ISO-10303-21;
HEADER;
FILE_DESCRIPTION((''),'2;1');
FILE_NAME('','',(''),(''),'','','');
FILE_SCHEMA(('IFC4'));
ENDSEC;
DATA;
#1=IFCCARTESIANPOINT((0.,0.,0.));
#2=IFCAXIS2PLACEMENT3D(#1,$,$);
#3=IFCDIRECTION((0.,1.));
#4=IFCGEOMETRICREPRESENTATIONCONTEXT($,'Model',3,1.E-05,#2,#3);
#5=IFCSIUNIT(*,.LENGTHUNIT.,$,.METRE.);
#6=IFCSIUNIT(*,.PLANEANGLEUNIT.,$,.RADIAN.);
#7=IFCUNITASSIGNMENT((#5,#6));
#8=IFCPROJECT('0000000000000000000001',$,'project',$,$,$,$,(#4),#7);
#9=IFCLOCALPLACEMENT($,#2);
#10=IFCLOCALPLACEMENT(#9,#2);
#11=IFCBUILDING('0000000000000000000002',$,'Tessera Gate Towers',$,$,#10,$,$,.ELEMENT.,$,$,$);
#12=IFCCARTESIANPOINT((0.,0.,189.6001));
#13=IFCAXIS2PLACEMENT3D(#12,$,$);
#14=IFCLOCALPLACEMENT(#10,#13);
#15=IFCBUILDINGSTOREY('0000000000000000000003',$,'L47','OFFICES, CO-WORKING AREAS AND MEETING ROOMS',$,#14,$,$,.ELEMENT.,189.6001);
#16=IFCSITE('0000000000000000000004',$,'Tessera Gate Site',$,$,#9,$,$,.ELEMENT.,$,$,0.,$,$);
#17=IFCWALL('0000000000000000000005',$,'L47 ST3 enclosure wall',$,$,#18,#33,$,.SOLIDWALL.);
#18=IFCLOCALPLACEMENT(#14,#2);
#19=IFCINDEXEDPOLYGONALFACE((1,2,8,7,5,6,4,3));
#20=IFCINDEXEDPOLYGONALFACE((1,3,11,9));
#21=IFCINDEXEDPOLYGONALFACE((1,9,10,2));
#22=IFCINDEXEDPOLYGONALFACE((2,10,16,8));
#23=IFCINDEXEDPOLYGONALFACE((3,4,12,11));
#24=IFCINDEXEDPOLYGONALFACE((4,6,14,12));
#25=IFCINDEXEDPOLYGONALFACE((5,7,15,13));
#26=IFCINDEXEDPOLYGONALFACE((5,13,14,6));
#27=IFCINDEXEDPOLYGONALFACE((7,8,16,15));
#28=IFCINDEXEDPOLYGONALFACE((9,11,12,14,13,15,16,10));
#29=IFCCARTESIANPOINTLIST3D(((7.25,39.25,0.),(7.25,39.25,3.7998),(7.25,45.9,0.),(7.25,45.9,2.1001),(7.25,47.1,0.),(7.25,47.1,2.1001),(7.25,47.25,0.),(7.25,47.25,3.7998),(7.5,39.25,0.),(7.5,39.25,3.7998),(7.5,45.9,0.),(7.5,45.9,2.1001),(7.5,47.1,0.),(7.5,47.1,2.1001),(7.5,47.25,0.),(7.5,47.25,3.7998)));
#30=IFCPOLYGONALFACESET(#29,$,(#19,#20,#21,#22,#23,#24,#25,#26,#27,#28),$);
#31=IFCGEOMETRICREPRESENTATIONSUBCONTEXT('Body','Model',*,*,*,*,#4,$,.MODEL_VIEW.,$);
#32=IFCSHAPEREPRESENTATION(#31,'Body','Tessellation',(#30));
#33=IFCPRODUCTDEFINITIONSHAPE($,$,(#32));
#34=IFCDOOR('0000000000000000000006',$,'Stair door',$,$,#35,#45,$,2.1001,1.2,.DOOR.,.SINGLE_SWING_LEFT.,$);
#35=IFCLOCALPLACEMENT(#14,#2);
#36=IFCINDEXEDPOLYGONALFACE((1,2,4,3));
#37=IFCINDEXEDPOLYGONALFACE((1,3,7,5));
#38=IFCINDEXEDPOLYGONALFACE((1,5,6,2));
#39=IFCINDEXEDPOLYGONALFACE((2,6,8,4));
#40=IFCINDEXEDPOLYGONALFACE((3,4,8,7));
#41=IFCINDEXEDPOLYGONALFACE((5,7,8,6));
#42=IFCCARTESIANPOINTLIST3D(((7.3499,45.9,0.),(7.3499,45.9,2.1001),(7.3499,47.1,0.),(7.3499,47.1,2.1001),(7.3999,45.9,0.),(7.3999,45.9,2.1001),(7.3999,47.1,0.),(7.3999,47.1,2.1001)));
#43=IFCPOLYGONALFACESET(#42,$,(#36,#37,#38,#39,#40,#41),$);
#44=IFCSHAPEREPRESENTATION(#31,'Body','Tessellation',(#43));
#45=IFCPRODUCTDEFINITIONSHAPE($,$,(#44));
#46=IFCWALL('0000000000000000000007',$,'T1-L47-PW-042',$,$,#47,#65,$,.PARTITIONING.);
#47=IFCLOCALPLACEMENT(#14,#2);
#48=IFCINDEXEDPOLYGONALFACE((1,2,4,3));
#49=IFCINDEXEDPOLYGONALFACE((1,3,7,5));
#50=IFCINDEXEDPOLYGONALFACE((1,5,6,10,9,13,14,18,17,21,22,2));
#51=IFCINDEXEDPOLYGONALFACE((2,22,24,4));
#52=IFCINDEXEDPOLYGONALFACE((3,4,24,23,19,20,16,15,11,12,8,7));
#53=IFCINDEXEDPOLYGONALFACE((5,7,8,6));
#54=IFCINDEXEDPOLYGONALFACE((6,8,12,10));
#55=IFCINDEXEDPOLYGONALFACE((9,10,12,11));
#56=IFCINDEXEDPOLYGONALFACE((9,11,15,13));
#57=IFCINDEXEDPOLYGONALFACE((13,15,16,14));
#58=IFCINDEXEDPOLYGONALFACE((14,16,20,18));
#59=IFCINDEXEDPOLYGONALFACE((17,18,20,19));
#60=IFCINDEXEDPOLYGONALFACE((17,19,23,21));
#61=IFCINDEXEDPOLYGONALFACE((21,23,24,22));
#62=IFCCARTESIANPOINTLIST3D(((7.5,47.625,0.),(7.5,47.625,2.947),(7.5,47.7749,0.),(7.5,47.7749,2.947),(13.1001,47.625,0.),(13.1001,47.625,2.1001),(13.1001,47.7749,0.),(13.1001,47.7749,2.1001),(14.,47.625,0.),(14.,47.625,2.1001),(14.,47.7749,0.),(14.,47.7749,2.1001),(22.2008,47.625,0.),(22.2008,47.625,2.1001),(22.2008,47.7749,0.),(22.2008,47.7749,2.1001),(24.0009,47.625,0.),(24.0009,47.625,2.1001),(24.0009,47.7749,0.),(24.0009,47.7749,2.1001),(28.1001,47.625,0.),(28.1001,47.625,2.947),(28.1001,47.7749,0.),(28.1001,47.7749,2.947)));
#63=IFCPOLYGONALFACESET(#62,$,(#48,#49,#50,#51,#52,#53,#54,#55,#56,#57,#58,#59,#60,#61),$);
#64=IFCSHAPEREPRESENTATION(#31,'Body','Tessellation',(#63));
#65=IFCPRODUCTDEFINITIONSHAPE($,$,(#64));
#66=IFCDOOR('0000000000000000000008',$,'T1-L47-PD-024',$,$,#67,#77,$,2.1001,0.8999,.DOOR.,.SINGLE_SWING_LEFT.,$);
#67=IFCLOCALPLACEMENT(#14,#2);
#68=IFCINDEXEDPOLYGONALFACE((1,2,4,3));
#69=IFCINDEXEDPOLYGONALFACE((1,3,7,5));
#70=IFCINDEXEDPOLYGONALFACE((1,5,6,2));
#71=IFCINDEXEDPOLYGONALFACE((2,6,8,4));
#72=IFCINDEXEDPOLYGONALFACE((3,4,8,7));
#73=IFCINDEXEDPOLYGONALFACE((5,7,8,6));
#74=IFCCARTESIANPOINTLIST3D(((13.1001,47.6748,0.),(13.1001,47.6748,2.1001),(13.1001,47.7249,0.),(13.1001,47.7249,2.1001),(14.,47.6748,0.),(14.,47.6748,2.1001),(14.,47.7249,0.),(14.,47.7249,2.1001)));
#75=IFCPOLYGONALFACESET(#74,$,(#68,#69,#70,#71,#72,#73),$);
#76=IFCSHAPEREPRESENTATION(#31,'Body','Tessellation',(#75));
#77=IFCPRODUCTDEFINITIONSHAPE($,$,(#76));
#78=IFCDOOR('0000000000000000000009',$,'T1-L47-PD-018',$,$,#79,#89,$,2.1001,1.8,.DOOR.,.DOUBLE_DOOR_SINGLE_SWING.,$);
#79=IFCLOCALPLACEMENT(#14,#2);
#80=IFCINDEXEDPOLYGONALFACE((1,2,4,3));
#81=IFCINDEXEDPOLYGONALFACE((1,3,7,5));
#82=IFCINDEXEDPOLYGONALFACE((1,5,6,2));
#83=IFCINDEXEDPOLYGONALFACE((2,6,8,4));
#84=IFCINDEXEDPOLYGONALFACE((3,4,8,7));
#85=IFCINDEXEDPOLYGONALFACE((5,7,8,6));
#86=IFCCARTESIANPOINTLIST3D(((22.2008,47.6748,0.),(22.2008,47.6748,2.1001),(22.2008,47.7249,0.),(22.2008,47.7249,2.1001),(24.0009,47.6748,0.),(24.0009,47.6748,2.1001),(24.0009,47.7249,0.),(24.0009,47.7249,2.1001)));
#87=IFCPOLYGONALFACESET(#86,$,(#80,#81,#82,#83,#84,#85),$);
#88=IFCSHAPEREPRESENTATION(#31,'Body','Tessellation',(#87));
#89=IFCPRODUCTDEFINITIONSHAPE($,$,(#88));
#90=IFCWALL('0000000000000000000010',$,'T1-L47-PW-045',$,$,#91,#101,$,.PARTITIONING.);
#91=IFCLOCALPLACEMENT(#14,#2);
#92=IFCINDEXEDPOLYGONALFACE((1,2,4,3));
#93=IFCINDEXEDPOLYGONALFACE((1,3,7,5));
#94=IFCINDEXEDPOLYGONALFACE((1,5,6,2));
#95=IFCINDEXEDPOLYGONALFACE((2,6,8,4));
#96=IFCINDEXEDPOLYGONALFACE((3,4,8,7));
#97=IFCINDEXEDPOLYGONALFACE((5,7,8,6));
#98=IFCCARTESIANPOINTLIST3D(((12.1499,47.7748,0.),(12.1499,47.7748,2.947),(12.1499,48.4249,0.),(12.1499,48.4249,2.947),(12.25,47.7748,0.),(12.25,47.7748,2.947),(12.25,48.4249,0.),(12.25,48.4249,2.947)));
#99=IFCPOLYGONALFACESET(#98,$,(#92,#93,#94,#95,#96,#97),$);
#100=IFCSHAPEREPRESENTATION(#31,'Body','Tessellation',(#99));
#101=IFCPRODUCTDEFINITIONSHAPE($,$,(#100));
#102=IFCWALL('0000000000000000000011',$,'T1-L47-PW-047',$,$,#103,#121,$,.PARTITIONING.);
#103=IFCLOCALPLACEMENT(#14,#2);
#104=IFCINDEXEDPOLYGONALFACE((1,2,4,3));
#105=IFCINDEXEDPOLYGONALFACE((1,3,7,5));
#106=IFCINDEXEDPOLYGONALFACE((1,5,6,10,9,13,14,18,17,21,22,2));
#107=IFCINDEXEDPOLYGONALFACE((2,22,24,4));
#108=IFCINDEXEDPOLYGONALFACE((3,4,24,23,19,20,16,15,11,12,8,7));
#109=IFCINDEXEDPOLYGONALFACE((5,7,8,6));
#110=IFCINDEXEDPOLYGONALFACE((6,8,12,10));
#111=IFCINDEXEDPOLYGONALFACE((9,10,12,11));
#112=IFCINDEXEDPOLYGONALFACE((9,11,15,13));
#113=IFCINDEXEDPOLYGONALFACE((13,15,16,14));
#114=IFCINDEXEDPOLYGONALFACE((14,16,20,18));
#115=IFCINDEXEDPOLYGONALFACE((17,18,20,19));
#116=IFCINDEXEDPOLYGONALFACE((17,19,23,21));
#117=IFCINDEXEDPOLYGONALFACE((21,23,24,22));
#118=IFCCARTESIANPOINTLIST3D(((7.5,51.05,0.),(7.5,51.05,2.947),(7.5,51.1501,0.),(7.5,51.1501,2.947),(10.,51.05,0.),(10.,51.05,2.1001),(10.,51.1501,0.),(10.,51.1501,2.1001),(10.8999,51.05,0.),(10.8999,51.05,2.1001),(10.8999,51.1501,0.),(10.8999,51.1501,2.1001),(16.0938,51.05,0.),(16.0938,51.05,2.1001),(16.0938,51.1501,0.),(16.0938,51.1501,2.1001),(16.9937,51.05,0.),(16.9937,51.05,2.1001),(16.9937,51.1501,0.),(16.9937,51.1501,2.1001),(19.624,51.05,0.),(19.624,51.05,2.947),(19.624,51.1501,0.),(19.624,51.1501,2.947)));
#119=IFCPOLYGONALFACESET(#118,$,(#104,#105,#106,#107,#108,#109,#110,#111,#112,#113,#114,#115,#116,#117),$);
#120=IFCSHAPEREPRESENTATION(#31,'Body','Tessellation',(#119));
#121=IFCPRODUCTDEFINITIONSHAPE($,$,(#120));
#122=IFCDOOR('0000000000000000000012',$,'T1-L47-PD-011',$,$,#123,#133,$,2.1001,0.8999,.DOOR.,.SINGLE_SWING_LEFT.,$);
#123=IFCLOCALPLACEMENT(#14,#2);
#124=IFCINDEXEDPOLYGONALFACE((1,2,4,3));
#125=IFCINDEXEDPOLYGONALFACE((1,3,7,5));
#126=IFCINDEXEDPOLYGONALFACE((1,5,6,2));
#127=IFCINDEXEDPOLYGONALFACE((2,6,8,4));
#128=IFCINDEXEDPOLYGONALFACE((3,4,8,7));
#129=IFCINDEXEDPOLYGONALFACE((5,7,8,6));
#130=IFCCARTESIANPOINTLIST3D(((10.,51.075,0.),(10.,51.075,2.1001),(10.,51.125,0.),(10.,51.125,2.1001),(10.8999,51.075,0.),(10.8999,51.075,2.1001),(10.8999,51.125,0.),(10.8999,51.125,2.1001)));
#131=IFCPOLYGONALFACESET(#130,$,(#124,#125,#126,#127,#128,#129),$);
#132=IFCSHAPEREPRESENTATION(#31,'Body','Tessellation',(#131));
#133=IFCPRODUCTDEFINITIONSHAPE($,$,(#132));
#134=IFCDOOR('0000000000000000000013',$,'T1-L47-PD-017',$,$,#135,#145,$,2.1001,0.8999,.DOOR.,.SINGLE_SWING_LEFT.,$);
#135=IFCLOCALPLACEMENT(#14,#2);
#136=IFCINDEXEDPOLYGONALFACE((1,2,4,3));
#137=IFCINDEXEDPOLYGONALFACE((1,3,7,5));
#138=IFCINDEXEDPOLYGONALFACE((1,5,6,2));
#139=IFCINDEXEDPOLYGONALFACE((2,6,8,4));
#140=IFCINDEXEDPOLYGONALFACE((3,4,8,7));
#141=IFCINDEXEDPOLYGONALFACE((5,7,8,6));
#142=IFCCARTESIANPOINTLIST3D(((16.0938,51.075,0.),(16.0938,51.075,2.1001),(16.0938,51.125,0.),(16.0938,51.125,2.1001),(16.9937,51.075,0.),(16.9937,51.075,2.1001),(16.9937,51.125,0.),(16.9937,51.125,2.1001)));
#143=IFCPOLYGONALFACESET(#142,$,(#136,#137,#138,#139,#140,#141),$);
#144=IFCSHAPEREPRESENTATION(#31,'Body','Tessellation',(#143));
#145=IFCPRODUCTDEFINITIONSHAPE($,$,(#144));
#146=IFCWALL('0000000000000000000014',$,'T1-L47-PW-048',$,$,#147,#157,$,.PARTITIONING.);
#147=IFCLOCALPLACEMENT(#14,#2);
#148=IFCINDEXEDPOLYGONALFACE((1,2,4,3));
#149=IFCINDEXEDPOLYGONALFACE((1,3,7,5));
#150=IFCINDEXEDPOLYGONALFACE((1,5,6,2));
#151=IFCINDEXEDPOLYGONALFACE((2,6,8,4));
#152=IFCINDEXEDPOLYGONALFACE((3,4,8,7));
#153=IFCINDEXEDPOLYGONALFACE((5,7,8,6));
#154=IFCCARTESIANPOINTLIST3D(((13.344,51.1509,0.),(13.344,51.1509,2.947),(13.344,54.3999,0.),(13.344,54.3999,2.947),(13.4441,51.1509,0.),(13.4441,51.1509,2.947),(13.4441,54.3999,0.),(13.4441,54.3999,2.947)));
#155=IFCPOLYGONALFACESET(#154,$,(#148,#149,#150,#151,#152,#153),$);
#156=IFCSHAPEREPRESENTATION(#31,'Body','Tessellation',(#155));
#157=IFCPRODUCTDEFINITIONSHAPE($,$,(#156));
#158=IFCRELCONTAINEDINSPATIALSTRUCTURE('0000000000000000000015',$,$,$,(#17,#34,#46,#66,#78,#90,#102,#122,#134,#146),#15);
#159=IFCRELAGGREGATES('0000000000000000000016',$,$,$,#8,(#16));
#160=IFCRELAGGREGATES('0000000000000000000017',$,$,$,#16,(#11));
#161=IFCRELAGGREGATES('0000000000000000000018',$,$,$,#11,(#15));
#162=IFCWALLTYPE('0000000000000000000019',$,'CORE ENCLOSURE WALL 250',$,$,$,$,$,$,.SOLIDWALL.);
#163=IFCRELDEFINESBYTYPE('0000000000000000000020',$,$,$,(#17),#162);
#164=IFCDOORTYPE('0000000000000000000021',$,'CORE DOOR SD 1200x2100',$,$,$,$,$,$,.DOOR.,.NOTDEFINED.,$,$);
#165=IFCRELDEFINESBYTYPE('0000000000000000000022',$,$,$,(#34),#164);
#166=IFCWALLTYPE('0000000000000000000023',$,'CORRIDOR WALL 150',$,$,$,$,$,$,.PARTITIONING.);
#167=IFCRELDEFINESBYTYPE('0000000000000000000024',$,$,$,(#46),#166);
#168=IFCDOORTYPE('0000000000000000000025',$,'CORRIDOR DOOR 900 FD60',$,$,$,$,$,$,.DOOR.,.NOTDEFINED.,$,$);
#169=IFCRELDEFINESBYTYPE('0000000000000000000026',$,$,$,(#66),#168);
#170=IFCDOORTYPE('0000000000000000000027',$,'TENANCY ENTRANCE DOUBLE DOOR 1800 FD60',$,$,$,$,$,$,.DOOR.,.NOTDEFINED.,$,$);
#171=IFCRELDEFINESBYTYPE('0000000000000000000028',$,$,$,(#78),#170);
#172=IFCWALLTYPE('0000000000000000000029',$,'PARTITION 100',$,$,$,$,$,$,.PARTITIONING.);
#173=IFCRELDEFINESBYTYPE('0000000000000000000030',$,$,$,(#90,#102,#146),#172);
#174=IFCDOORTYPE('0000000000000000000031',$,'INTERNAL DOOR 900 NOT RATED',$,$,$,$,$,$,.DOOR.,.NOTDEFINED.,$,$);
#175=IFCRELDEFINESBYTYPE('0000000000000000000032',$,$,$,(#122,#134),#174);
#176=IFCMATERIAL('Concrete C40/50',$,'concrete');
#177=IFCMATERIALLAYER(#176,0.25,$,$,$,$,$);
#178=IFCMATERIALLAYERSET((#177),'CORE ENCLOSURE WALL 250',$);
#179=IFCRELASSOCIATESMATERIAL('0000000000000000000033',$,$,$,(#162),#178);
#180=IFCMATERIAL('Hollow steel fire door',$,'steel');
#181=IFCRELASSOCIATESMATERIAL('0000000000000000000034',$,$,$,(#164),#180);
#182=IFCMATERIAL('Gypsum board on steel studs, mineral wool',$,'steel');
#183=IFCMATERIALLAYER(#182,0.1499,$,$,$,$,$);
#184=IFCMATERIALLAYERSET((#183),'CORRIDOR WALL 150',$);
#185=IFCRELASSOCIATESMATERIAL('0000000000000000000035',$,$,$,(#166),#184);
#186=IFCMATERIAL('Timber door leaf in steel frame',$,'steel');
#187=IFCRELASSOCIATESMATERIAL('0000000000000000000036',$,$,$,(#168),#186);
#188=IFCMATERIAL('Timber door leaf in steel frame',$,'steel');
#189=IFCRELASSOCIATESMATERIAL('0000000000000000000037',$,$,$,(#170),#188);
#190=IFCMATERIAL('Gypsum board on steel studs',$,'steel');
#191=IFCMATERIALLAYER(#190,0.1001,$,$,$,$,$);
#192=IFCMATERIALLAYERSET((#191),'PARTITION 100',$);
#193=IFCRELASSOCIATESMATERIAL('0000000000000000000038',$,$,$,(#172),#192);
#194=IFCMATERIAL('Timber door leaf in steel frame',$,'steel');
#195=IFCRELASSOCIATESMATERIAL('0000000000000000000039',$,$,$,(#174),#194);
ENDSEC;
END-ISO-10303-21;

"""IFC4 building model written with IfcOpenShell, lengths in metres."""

from ifc_helpers import new_model, si_unit, direction, frame, frame_2d, origin, place, context, subcontext, project, spatial, rectangle, extrude, source, transform, mapped, material, layer, layer_set, type_object, element, fill, save


model = new_model("IFC4")

# Units and contexts
model_context = context("Model", 3, precision=1e-05, world=origin(), true_north=direction((0.0, 1.0)))
body_context = subcontext(model_context, "Body", "Model", "MODEL_VIEW")
ifc_project = project(units=[si_unit("LENGTHUNIT", "METRE"), si_unit("PLANEANGLEUNIT", "RADIAN")], contexts=[model_context])

# Site, building, storey
site_placement = place(None, origin())
site = spatial("IfcSite", under=ifc_project, at=site_placement, Name="Tessera Gate Site", CompositionType="ELEMENT", RefElevation=0.0)
building_placement = place(site_placement, origin())
building = spatial("IfcBuilding", under=site, at=building_placement, Name="Tessera Gate Towers", CompositionType="ELEMENT")
storey_placement = place(building_placement, frame((0.0, 0.0, 189.6001)))
storey = spatial("IfcBuildingStorey", under=building, at=storey_placement, Name="L47", Description="OFFICES, CO-WORKING AREAS AND MEETING ROOMS", CompositionType="ELEMENT", Elevation=189.6001)

# Shared definitions
ifc_material_1 = material(Name="Concrete C40/50", Category="concrete")
ifc_layer_1 = layer(ifc_material_1, 0.25)
ifc_layer_set_1 = layer_set([ifc_layer_1], Name="CORE ENCLOSURE WALL 250")
wall_type_1 = type_object("IfcWallType", Name="CORE ENCLOSURE WALL 250", PredefinedType="SOLIDWALL", material=ifc_layer_set_1)

# Wall, opening, door
wall_1_placement = place(storey_placement, frame((7.375, 47.25, 0.0), z_axis=(0.0, 0.0, 1.0), x_axis=(0.0, -1.0, 0.0)))
wall_1 = element("IfcWall", 1, at=wall_1_placement, inside=storey, type_object=wall_type_1, Name="L47 ST3 enclosure wall", PredefinedType="SOLIDWALL", context=body_context, shape_type="SweptSolid", body=[
    extrude(rectangle(XDim=8.0, YDim=0.25, at=frame_2d((4.0, 0.0))), origin(), (0.0, 0.0, 1.0), 3.7998),
])
shared_shape_1 = source(origin(), body_context, "Body", "SweptSolid", [
    extrude(rectangle(XDim=1.2, YDim=2.1001, at=frame_2d((0.6001, 1.05))), frame((0.0, 0.135, 0.0), z_axis=(0.0, -1.0, 0.0), x_axis=(1.0, 0.0, 0.0)), (0.0, 0.0, 1.0), 0.27),
])
opening_1_placement = place(wall_1_placement, frame((0.1499, 0.0, 0.0)))
opening_1 = element("IfcOpeningElement", 2, at=opening_1_placement, cuts=wall_1, PredefinedType="OPENING", context=body_context, shape_type="MappedRepresentation", body=[
    mapped(shared_shape_1, transform((0.0, 0.0, 0.0), scale=1.0)),
])
ifc_material_2 = material(Name="Hollow steel fire door", Category="steel")
door_type_1 = type_object("IfcDoorType", Name="CORE DOOR SD 1200x2100", OperationType="NOTDEFINED", PredefinedType="DOOR", material=ifc_material_2)
shared_shape_2 = source(origin(), body_context, "Body", "SweptSolid", [
    extrude(rectangle(XDim=1.2, YDim=2.1001, at=frame_2d((0.6001, 1.05))), frame((0.0, 0.0249, 0.0), z_axis=(0.0, -1.0, 0.0), x_axis=(1.0, 0.0, 0.0)), (0.0, 0.0, 1.0), 0.05),
])
door_1_placement = place(opening_1_placement, origin())
door_1 = element("IfcDoor", 3, at=door_1_placement, inside=storey, type_object=door_type_1, Name="Stair door", OperationType="SINGLE_SWING_LEFT", OverallHeight=2.1001, OverallWidth=1.2, PredefinedType="DOOR", context=body_context, shape_type="MappedRepresentation", body=[
    mapped(shared_shape_2, transform((0.0, 0.0, 0.0), scale=1.0)),
])
fill(opening_1, door_1)

# Wall, openings, doors
ifc_material_3 = material(Name="Gypsum board on steel studs, mineral wool", Category="steel")
ifc_layer_2 = layer(ifc_material_3, 0.1499)
ifc_layer_set_2 = layer_set([ifc_layer_2], Name="CORRIDOR WALL 150")
wall_type_2 = type_object("IfcWallType", Name="CORRIDOR WALL 150", PredefinedType="PARTITIONING", material=ifc_layer_set_2)
wall_2_placement = place(storey_placement, frame((7.5, 47.7, 0.0), z_axis=(0.0, 0.0, 1.0), x_axis=(1.0, 0.0, 0.0)))
wall_2 = element("IfcWall", 4, at=wall_2_placement, inside=storey, type_object=wall_type_2, Name="T1-L47-PW-042", PredefinedType="PARTITIONING", context=body_context, shape_type="SweptSolid", body=[
    extrude(rectangle(XDim=20.6001, YDim=0.1499, at=frame_2d((10.3, 0.0))), origin(), (0.0, 0.0, 1.0), 2.947),
])
shared_shape_3 = source(origin(), body_context, "Body", "SweptSolid", [
    extrude(rectangle(XDim=1.8, YDim=2.1001, at=frame_2d((0.8999, 1.05))), frame((0.0, 0.085, 0.0), z_axis=(0.0, -1.0, 0.0), x_axis=(1.0, 0.0, 0.0)), (0.0, 0.0, 1.0), 0.1699),
])
opening_2_placement = place(wall_2_placement, frame((14.7009, 0.0, 0.0)))
opening_2 = element("IfcOpeningElement", 5, at=opening_2_placement, cuts=wall_2, PredefinedType="OPENING", context=body_context, shape_type="MappedRepresentation", body=[
    mapped(shared_shape_3, transform((0.0, 0.0, 0.0), scale=1.0)),
])
shared_shape_4 = source(origin(), body_context, "Body", "SweptSolid", [
    extrude(rectangle(XDim=0.8999, YDim=2.1001, at=frame_2d((0.45, 1.05))), frame((0.0, 0.085, 0.0), z_axis=(0.0, -1.0, 0.0), x_axis=(1.0, 0.0, 0.0)), (0.0, 0.0, 1.0), 0.1699),
])
opening_3_placement = place(wall_2_placement, frame((5.6001, 0.0, 0.0)))
opening_3 = element("IfcOpeningElement", 6, at=opening_3_placement, cuts=wall_2, PredefinedType="OPENING", context=body_context, shape_type="MappedRepresentation", body=[
    mapped(shared_shape_4, transform((0.0, 0.0, 0.0), scale=1.0)),
])
ifc_material_4 = material(Name="Timber door leaf in steel frame", Category="steel")
door_type_2 = type_object("IfcDoorType", Name="CORRIDOR DOOR 900 FD60", OperationType="NOTDEFINED", PredefinedType="DOOR", material=ifc_material_4)
shared_shape_5 = source(origin(), body_context, "Body", "SweptSolid", [
    extrude(rectangle(XDim=0.8999, YDim=2.1001, at=frame_2d((0.45, 1.05))), frame((0.0, 0.0249, 0.0), z_axis=(0.0, -1.0, 0.0), x_axis=(1.0, 0.0, 0.0)), (0.0, 0.0, 1.0), 0.05),
])
door_2_placement = place(opening_3_placement, origin())
door_2 = element("IfcDoor", 7, at=door_2_placement, inside=storey, type_object=door_type_2, Name="T1-L47-PD-024", OperationType="SINGLE_SWING_LEFT", OverallHeight=2.1001, OverallWidth=0.8999, PredefinedType="DOOR", context=body_context, shape_type="MappedRepresentation", body=[
    mapped(shared_shape_5, transform((0.0, 0.0, 0.0), scale=1.0)),
])
fill(opening_3, door_2)
ifc_material_5 = material(Name="Timber door leaf in steel frame", Category="steel")
door_type_3 = type_object("IfcDoorType", Name="TENANCY ENTRANCE DOUBLE DOOR 1800 FD60", OperationType="NOTDEFINED", PredefinedType="DOOR", material=ifc_material_5)
shared_shape_6 = source(origin(), body_context, "Body", "SweptSolid", [
    extrude(rectangle(XDim=1.8, YDim=2.1001, at=frame_2d((0.8999, 1.05))), frame((0.0, 0.0249, 0.0), z_axis=(0.0, -1.0, 0.0), x_axis=(1.0, 0.0, 0.0)), (0.0, 0.0, 1.0), 0.05),
])
door_3_placement = place(opening_2_placement, origin())
door_3 = element("IfcDoor", 8, at=door_3_placement, inside=storey, type_object=door_type_3, Name="T1-L47-PD-018", OperationType="DOUBLE_DOOR_SINGLE_SWING", OverallHeight=2.1001, OverallWidth=1.8, PredefinedType="DOOR", context=body_context, shape_type="MappedRepresentation", body=[
    mapped(shared_shape_6, transform((0.0, 0.0, 0.0), scale=1.0)),
])
fill(opening_2, door_3)

# Wall
ifc_material_6 = material(Name="Gypsum board on steel studs", Category="steel")
ifc_layer_3 = layer(ifc_material_6, 0.1001)
ifc_layer_set_3 = layer_set([ifc_layer_3], Name="PARTITION 100")
wall_type_3 = type_object("IfcWallType", Name="PARTITION 100", PredefinedType="PARTITIONING", material=ifc_layer_set_3)
wall_3_placement = place(storey_placement, frame((12.2, 48.425, 0.0), z_axis=(0.0, 0.0, 1.0), x_axis=(0.0, -1.0, 0.0)))
element("IfcWall", 9, at=wall_3_placement, inside=storey, type_object=wall_type_3, Name="T1-L47-PW-045", PredefinedType="PARTITIONING", context=body_context, shape_type="SweptSolid", body=[
    extrude(rectangle(XDim=0.6501, YDim=0.1001, at=frame_2d((0.3252, 0.0))), origin(), (0.0, 0.0, 1.0), 2.947),
])

# Wall, openings, doors
wall_4_placement = place(storey_placement, frame((7.5, 51.1001, 0.0), z_axis=(0.0, 0.0, 1.0), x_axis=(1.0, 0.0, 0.0)))
wall_4 = element("IfcWall", 10, at=wall_4_placement, inside=storey, type_object=wall_type_3, Name="T1-L47-PW-047", PredefinedType="PARTITIONING", context=body_context, shape_type="SweptSolid", body=[
    extrude(rectangle(XDim=12.124, YDim=0.1001, at=frame_2d((6.062, 0.0))), origin(), (0.0, 0.0, 1.0), 2.947),
])
shared_shape_7 = source(origin(), body_context, "Body", "SweptSolid", [
    extrude(rectangle(XDim=0.8999, YDim=2.1001, at=frame_2d((0.45, 1.05))), frame((0.0, 0.0601, 0.0), z_axis=(0.0, -1.0, 0.0), x_axis=(1.0, 0.0, 0.0)), (0.0, 0.0, 1.0), 0.1201),
])
opening_4_placement = place(wall_4_placement, frame((2.5, 0.0, 0.0)))
opening_4 = element("IfcOpeningElement", 11, at=opening_4_placement, cuts=wall_4, PredefinedType="OPENING", context=body_context, shape_type="MappedRepresentation", body=[
    mapped(shared_shape_7, transform((0.0, 0.0, 0.0), scale=1.0)),
])
opening_5_placement = place(wall_4_placement, frame((8.5938, 0.0, 0.0)))
opening_5 = element("IfcOpeningElement", 12, at=opening_5_placement, cuts=wall_4, PredefinedType="OPENING", context=body_context, shape_type="MappedRepresentation", body=[
    mapped(shared_shape_7, transform((0.0, 0.0, 0.0), scale=1.0)),
])
ifc_material_7 = material(Name="Timber door leaf in steel frame", Category="steel")
door_type_4 = type_object("IfcDoorType", Name="INTERNAL DOOR 900 NOT RATED", OperationType="NOTDEFINED", PredefinedType="DOOR", material=ifc_material_7)
door_4_placement = place(opening_4_placement, origin())
door_4 = element("IfcDoor", 13, at=door_4_placement, inside=storey, type_object=door_type_4, Name="T1-L47-PD-011", OperationType="SINGLE_SWING_LEFT", OverallHeight=2.1001, OverallWidth=0.8999, PredefinedType="DOOR", context=body_context, shape_type="MappedRepresentation", body=[
    mapped(shared_shape_5, transform((0.0, 0.0, 0.0), scale=1.0)),
])
fill(opening_4, door_4)
door_5_placement = place(opening_5_placement, origin())
door_5 = element("IfcDoor", 14, at=door_5_placement, inside=storey, type_object=door_type_4, Name="T1-L47-PD-017", OperationType="SINGLE_SWING_LEFT", OverallHeight=2.1001, OverallWidth=0.8999, PredefinedType="DOOR", context=body_context, shape_type="MappedRepresentation", body=[
    mapped(shared_shape_5, transform((0.0, 0.0, 0.0), scale=1.0)),
])
fill(opening_5, door_5)

# Wall
wall_5_placement = place(storey_placement, frame((13.394, 51.1509, 0.0), z_axis=(0.0, 0.0, 1.0), x_axis=(0.0, 1.0, 0.0)))
element("IfcWall", 15, at=wall_5_placement, inside=storey, type_object=wall_type_3, Name="T1-L47-PW-048", PredefinedType="PARTITIONING", context=body_context, shape_type="SweptSolid", body=[
    extrude(rectangle(XDim=3.249, YDim=0.1001, at=frame_2d((1.6245, 0.0))), origin(), (0.0, 0.0, 1.0), 2.947),
])

save(model, "model.ifc")
